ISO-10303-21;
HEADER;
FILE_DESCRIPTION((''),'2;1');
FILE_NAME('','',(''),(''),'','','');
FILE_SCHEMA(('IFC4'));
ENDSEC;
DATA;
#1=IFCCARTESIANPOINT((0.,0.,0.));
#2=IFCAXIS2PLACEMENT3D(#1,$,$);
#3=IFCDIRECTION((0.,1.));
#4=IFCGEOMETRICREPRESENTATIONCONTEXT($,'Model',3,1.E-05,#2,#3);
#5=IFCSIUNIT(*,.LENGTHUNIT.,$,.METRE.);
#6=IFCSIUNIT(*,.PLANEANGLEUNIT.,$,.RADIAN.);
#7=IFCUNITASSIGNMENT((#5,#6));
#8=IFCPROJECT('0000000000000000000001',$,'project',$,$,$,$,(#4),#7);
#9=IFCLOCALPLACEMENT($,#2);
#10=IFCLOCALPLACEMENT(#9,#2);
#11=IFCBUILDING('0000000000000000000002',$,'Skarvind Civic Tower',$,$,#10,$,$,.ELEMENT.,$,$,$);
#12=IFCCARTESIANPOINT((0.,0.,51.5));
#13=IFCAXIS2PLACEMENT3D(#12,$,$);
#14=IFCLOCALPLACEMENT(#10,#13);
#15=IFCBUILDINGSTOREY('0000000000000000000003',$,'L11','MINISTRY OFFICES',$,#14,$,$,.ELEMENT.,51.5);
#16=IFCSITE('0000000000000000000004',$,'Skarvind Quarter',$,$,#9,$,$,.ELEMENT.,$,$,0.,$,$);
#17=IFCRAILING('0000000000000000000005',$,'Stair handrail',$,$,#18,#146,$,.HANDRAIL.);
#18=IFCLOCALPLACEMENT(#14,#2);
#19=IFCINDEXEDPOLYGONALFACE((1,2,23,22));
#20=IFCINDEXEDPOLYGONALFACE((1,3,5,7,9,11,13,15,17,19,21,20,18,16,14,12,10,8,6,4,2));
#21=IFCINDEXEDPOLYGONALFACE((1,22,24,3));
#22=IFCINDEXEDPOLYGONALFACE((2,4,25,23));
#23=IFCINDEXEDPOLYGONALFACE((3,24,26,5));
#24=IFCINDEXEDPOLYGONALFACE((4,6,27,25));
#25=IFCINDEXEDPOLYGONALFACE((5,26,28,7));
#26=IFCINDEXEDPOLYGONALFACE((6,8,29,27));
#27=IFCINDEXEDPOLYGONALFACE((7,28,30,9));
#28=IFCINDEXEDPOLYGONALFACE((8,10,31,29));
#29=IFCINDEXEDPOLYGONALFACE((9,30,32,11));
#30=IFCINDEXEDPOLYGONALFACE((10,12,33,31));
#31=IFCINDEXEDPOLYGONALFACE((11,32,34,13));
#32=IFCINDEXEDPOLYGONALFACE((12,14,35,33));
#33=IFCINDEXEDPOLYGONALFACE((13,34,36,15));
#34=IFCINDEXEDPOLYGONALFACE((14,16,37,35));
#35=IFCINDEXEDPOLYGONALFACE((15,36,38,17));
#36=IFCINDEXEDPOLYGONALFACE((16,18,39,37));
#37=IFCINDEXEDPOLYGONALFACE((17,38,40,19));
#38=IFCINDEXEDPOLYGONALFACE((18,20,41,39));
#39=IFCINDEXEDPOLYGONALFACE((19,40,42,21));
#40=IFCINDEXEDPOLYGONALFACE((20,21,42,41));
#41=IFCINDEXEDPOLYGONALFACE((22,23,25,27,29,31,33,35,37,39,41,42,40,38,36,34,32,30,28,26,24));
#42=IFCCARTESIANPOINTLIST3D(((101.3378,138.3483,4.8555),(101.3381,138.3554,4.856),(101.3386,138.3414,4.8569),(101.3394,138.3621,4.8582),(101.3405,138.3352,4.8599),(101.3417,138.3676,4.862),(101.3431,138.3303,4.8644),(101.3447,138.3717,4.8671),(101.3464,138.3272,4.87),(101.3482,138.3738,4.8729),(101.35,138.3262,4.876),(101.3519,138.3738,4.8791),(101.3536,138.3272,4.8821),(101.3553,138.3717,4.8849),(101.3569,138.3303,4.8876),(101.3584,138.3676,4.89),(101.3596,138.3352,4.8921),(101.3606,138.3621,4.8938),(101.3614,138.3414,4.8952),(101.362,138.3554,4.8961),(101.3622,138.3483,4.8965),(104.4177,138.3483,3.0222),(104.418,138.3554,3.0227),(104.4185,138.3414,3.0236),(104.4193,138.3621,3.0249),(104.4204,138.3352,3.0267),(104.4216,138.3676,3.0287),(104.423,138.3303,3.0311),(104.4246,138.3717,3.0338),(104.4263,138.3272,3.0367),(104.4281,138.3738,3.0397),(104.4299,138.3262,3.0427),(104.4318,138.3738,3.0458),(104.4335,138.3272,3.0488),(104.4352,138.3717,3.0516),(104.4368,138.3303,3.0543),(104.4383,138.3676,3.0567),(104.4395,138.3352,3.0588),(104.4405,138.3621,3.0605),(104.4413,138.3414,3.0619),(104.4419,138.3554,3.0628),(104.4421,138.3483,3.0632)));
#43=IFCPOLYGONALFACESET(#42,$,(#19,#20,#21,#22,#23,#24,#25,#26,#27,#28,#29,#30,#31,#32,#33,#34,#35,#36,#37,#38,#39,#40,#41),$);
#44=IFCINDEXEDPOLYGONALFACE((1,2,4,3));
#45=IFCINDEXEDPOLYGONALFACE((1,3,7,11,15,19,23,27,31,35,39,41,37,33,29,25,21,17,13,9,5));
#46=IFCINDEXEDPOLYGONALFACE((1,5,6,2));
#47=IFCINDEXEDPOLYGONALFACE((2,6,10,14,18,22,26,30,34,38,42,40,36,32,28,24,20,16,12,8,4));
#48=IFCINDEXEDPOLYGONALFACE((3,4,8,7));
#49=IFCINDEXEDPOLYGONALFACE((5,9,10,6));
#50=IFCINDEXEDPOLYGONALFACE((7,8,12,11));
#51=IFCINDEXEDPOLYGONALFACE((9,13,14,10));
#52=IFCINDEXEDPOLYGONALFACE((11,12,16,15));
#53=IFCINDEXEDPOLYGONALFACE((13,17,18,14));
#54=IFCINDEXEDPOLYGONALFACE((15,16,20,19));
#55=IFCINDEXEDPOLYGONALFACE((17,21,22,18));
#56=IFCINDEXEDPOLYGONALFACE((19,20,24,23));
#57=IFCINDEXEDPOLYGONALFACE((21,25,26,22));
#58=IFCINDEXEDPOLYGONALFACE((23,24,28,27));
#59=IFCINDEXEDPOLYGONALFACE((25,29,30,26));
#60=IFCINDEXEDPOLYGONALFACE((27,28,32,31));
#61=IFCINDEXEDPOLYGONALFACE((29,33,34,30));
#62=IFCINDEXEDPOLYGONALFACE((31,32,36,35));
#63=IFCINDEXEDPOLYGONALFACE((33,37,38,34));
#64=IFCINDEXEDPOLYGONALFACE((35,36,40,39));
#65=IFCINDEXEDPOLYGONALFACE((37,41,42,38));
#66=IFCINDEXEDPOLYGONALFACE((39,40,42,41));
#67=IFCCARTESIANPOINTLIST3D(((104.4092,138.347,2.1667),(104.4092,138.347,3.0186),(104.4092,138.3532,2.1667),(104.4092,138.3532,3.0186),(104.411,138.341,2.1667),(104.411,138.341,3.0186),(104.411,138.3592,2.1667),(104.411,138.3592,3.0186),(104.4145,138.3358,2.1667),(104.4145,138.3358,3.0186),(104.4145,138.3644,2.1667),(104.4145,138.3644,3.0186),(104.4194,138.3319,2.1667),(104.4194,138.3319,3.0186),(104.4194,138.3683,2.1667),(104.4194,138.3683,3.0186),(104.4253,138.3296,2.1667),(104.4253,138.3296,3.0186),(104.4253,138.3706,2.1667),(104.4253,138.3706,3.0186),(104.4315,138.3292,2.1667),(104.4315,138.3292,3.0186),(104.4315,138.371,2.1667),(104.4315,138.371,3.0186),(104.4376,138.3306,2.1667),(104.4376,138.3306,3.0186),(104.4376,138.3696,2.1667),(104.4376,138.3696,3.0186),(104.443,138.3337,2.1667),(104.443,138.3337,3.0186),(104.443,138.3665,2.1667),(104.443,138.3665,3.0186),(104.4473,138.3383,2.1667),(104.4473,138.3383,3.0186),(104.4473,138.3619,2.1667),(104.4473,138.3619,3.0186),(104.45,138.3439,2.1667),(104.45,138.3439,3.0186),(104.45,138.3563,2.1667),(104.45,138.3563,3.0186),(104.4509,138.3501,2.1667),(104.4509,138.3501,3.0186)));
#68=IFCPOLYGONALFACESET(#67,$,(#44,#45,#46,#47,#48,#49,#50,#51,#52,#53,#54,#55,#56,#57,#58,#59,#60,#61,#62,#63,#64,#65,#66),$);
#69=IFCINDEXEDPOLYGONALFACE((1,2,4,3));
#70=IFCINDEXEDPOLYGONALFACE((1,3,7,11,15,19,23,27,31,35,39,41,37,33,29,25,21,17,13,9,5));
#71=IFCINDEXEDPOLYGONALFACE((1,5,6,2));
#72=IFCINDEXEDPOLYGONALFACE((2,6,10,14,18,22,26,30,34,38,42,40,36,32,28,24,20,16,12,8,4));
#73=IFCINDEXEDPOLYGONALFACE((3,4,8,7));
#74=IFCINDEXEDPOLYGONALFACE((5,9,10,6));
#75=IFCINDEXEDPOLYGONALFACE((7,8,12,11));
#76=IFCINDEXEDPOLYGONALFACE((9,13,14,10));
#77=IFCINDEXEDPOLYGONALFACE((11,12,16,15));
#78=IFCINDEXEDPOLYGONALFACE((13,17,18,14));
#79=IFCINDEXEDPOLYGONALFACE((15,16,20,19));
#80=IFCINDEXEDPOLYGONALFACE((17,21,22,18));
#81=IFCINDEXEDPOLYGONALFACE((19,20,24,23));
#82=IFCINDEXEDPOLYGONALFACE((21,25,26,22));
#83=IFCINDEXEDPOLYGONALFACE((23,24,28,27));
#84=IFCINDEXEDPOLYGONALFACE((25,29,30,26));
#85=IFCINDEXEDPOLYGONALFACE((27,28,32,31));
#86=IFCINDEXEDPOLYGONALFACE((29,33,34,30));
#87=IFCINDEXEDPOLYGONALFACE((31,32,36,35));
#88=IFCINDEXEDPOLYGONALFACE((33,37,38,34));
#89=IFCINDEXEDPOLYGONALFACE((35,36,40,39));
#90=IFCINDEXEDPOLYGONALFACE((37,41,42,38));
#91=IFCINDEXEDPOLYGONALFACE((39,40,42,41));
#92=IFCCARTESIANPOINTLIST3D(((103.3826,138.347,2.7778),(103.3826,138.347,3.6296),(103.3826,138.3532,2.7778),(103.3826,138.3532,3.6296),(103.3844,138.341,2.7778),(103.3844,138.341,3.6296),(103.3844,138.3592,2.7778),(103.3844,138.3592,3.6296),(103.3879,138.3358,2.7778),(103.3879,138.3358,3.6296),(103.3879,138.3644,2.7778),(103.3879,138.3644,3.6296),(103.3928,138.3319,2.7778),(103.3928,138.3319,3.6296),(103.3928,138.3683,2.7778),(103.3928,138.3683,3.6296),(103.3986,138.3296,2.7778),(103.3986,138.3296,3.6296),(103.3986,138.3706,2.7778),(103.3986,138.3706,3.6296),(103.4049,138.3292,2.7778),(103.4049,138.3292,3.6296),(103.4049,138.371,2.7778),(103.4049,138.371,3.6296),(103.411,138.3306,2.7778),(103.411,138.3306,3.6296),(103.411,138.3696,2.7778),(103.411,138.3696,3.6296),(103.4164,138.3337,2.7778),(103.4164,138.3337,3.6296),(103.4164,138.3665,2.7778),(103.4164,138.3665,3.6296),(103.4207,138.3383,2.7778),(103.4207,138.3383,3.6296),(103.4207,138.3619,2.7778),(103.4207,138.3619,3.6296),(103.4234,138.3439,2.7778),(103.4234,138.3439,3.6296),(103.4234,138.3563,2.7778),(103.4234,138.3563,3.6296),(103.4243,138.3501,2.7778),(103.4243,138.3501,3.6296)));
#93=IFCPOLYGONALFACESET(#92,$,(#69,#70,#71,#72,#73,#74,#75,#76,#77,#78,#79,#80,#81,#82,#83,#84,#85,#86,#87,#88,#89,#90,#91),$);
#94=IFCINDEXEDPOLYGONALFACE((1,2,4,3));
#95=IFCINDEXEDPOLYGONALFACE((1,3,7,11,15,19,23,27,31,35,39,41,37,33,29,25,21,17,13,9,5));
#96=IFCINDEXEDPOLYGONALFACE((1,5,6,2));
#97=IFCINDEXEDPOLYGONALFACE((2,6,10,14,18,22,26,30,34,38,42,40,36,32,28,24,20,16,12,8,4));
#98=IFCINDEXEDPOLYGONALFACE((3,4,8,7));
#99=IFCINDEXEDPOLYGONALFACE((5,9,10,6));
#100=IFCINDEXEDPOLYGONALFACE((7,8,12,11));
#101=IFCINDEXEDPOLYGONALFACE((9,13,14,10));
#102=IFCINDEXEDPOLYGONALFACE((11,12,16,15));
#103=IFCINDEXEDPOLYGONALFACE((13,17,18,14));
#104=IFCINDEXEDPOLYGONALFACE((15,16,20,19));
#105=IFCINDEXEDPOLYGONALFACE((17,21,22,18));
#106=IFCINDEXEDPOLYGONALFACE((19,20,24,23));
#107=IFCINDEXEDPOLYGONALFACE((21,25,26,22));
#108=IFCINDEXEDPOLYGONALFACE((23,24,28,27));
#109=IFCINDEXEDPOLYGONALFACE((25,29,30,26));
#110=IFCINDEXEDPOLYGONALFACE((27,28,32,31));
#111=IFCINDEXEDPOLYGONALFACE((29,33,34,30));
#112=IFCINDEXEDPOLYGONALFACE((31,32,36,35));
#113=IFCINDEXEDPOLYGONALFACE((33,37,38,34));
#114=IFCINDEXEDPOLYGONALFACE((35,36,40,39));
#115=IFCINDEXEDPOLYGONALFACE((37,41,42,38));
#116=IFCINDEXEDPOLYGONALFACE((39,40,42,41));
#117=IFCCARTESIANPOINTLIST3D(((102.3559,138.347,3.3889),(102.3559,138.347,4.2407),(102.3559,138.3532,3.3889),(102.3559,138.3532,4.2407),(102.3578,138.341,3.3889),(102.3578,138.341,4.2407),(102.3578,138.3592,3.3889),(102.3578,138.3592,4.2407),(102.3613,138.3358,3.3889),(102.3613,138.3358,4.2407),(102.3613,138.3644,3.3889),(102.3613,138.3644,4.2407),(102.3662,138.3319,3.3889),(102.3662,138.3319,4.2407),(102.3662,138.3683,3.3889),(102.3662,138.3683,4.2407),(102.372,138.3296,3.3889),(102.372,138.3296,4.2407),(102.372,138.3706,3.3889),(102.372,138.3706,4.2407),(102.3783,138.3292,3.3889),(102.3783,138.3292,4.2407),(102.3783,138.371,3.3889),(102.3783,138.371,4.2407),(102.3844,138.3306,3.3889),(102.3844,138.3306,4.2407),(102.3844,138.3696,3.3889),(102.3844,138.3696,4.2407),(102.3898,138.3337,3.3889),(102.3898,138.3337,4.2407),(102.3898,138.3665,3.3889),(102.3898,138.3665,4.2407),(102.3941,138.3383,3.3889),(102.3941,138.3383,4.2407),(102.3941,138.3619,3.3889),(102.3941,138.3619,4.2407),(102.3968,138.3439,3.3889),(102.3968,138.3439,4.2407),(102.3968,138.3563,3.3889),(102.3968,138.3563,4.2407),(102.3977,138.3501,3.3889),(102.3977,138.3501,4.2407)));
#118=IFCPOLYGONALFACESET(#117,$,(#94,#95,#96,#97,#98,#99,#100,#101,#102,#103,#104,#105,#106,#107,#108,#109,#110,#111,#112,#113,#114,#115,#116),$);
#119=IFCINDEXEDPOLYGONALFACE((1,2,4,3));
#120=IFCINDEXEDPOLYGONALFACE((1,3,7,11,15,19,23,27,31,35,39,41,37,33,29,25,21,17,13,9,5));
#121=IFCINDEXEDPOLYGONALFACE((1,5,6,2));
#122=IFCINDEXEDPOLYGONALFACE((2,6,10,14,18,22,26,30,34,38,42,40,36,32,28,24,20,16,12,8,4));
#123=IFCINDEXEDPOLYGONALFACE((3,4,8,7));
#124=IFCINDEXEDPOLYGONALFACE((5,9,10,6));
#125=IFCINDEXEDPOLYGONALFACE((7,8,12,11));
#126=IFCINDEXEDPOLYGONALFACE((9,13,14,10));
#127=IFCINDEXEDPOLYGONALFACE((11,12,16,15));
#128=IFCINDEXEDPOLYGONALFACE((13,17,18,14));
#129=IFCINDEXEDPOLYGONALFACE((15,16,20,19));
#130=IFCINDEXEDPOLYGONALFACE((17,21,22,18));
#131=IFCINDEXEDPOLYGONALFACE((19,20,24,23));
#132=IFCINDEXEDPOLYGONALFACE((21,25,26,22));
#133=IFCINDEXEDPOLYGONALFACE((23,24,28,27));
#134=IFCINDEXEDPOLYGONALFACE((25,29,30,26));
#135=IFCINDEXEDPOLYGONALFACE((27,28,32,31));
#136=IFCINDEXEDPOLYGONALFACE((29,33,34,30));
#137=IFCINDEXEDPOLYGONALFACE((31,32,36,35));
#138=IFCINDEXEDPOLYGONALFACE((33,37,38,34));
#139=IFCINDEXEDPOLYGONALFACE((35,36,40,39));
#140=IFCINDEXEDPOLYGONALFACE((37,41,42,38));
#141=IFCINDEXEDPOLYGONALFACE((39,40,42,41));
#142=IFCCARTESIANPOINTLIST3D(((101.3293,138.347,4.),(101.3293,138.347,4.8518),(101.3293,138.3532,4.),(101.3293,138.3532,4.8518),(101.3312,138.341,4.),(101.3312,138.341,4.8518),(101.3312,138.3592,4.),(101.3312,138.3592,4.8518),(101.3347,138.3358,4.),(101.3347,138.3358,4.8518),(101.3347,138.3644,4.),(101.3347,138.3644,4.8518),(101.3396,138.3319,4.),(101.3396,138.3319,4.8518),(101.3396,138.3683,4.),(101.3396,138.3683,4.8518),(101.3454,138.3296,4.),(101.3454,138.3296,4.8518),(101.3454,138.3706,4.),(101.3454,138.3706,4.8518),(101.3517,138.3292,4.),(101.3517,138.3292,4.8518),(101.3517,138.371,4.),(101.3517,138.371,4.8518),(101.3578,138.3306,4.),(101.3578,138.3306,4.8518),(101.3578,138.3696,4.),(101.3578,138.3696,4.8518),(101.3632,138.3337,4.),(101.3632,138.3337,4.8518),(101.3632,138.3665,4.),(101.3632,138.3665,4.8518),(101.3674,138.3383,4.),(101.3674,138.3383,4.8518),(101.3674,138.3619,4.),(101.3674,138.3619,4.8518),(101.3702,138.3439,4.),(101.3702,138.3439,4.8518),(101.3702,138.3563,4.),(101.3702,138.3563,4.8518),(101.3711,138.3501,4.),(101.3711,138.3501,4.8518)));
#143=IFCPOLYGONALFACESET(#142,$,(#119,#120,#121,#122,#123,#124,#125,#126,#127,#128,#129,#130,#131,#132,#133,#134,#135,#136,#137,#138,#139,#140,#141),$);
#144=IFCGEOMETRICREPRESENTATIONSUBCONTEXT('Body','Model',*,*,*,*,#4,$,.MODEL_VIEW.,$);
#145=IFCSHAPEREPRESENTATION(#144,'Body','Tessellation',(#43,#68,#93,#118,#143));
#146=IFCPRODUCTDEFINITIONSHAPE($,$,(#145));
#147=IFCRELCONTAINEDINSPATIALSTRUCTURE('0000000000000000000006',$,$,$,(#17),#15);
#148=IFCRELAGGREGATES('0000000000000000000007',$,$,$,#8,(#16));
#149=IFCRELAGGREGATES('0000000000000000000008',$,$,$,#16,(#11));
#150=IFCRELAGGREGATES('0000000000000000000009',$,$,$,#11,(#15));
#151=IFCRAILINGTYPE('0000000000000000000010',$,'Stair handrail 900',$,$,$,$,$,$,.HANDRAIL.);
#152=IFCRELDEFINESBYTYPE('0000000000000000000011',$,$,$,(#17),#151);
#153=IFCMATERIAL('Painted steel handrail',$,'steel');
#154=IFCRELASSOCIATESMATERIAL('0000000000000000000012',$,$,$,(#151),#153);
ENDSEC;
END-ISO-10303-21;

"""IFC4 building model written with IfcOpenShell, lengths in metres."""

from ifc_helpers import new_model, si_unit, direction, frame, origin, origin_2d, place, context, subcontext, project, spatial, circle, extrude, material, type_object, element, save


model = new_model("IFC4")

# Units and contexts
model_context = context("Model", 3, precision=1e-05, world=origin(), true_north=direction((0.0, 1.0)))
body_context = subcontext(model_context, "Body", "Model", "MODEL_VIEW")
ifc_project = project(units=[si_unit("LENGTHUNIT", "METRE"), si_unit("PLANEANGLEUNIT", "RADIAN")], contexts=[model_context])

# Site, building, storey
site_placement = place(None, origin())
site = spatial("IfcSite", under=ifc_project, at=site_placement, Name="Skarvind Quarter", CompositionType="ELEMENT", RefElevation=0.0)
building_placement = place(site_placement, origin())
building = spatial("IfcBuilding", under=site, at=building_placement, Name="Skarvind Civic Tower", CompositionType="ELEMENT")
storey_placement = place(building_placement, frame((0.0, 0.0, 51.5)))
storey = spatial("IfcBuildingStorey", under=building, at=storey_placement, Name="L11", Description="MINISTRY OFFICES", CompositionType="ELEMENT", Elevation=51.5)

# Railing
ifc_material_1 = material(Name="Painted steel handrail", Category="steel")
railing_type = type_object("IfcRailingType", Name="Stair handrail 900", PredefinedType="HANDRAIL", material=ifc_material_1)
railing_1_placement = place(storey_placement, frame((104.4299, 138.3501, 2.1667)))
element("IfcRailing", 1, at=railing_1_placement, inside=storey, type_object=railing_type, Name="Stair handrail", PredefinedType="HANDRAIL", context=body_context, shape_type="SweptSolid", body=[
    extrude(circle(Radius=0.0239, at=origin_2d()), frame((0.0, 0.0, 0.876), z_axis=(-0.859291, 0.0, 0.511487), x_axis=(0.0, -1.0, 0.0)), (0.0, 0.0, 1.0), 3.5842),
    extrude(circle(Radius=0.021, at=origin_2d()), origin(), (0.0, 0.0, 1.0), 0.8518),
    extrude(circle(Radius=0.021, at=origin_2d()), frame((-1.0266, 0.0, 0.6111)), (0.0, 0.0, 1.0), 0.8518),
    extrude(circle(Radius=0.021, at=origin_2d()), frame((-2.0532, 0.0, 1.2222)), (0.0, 0.0, 1.0), 0.8518),
    extrude(circle(Radius=0.021, at=origin_2d()), frame((-3.0798, 0.0, 1.8333)), (0.0, 0.0, 1.0), 0.8518),
])

save(model, "model.ifc")
